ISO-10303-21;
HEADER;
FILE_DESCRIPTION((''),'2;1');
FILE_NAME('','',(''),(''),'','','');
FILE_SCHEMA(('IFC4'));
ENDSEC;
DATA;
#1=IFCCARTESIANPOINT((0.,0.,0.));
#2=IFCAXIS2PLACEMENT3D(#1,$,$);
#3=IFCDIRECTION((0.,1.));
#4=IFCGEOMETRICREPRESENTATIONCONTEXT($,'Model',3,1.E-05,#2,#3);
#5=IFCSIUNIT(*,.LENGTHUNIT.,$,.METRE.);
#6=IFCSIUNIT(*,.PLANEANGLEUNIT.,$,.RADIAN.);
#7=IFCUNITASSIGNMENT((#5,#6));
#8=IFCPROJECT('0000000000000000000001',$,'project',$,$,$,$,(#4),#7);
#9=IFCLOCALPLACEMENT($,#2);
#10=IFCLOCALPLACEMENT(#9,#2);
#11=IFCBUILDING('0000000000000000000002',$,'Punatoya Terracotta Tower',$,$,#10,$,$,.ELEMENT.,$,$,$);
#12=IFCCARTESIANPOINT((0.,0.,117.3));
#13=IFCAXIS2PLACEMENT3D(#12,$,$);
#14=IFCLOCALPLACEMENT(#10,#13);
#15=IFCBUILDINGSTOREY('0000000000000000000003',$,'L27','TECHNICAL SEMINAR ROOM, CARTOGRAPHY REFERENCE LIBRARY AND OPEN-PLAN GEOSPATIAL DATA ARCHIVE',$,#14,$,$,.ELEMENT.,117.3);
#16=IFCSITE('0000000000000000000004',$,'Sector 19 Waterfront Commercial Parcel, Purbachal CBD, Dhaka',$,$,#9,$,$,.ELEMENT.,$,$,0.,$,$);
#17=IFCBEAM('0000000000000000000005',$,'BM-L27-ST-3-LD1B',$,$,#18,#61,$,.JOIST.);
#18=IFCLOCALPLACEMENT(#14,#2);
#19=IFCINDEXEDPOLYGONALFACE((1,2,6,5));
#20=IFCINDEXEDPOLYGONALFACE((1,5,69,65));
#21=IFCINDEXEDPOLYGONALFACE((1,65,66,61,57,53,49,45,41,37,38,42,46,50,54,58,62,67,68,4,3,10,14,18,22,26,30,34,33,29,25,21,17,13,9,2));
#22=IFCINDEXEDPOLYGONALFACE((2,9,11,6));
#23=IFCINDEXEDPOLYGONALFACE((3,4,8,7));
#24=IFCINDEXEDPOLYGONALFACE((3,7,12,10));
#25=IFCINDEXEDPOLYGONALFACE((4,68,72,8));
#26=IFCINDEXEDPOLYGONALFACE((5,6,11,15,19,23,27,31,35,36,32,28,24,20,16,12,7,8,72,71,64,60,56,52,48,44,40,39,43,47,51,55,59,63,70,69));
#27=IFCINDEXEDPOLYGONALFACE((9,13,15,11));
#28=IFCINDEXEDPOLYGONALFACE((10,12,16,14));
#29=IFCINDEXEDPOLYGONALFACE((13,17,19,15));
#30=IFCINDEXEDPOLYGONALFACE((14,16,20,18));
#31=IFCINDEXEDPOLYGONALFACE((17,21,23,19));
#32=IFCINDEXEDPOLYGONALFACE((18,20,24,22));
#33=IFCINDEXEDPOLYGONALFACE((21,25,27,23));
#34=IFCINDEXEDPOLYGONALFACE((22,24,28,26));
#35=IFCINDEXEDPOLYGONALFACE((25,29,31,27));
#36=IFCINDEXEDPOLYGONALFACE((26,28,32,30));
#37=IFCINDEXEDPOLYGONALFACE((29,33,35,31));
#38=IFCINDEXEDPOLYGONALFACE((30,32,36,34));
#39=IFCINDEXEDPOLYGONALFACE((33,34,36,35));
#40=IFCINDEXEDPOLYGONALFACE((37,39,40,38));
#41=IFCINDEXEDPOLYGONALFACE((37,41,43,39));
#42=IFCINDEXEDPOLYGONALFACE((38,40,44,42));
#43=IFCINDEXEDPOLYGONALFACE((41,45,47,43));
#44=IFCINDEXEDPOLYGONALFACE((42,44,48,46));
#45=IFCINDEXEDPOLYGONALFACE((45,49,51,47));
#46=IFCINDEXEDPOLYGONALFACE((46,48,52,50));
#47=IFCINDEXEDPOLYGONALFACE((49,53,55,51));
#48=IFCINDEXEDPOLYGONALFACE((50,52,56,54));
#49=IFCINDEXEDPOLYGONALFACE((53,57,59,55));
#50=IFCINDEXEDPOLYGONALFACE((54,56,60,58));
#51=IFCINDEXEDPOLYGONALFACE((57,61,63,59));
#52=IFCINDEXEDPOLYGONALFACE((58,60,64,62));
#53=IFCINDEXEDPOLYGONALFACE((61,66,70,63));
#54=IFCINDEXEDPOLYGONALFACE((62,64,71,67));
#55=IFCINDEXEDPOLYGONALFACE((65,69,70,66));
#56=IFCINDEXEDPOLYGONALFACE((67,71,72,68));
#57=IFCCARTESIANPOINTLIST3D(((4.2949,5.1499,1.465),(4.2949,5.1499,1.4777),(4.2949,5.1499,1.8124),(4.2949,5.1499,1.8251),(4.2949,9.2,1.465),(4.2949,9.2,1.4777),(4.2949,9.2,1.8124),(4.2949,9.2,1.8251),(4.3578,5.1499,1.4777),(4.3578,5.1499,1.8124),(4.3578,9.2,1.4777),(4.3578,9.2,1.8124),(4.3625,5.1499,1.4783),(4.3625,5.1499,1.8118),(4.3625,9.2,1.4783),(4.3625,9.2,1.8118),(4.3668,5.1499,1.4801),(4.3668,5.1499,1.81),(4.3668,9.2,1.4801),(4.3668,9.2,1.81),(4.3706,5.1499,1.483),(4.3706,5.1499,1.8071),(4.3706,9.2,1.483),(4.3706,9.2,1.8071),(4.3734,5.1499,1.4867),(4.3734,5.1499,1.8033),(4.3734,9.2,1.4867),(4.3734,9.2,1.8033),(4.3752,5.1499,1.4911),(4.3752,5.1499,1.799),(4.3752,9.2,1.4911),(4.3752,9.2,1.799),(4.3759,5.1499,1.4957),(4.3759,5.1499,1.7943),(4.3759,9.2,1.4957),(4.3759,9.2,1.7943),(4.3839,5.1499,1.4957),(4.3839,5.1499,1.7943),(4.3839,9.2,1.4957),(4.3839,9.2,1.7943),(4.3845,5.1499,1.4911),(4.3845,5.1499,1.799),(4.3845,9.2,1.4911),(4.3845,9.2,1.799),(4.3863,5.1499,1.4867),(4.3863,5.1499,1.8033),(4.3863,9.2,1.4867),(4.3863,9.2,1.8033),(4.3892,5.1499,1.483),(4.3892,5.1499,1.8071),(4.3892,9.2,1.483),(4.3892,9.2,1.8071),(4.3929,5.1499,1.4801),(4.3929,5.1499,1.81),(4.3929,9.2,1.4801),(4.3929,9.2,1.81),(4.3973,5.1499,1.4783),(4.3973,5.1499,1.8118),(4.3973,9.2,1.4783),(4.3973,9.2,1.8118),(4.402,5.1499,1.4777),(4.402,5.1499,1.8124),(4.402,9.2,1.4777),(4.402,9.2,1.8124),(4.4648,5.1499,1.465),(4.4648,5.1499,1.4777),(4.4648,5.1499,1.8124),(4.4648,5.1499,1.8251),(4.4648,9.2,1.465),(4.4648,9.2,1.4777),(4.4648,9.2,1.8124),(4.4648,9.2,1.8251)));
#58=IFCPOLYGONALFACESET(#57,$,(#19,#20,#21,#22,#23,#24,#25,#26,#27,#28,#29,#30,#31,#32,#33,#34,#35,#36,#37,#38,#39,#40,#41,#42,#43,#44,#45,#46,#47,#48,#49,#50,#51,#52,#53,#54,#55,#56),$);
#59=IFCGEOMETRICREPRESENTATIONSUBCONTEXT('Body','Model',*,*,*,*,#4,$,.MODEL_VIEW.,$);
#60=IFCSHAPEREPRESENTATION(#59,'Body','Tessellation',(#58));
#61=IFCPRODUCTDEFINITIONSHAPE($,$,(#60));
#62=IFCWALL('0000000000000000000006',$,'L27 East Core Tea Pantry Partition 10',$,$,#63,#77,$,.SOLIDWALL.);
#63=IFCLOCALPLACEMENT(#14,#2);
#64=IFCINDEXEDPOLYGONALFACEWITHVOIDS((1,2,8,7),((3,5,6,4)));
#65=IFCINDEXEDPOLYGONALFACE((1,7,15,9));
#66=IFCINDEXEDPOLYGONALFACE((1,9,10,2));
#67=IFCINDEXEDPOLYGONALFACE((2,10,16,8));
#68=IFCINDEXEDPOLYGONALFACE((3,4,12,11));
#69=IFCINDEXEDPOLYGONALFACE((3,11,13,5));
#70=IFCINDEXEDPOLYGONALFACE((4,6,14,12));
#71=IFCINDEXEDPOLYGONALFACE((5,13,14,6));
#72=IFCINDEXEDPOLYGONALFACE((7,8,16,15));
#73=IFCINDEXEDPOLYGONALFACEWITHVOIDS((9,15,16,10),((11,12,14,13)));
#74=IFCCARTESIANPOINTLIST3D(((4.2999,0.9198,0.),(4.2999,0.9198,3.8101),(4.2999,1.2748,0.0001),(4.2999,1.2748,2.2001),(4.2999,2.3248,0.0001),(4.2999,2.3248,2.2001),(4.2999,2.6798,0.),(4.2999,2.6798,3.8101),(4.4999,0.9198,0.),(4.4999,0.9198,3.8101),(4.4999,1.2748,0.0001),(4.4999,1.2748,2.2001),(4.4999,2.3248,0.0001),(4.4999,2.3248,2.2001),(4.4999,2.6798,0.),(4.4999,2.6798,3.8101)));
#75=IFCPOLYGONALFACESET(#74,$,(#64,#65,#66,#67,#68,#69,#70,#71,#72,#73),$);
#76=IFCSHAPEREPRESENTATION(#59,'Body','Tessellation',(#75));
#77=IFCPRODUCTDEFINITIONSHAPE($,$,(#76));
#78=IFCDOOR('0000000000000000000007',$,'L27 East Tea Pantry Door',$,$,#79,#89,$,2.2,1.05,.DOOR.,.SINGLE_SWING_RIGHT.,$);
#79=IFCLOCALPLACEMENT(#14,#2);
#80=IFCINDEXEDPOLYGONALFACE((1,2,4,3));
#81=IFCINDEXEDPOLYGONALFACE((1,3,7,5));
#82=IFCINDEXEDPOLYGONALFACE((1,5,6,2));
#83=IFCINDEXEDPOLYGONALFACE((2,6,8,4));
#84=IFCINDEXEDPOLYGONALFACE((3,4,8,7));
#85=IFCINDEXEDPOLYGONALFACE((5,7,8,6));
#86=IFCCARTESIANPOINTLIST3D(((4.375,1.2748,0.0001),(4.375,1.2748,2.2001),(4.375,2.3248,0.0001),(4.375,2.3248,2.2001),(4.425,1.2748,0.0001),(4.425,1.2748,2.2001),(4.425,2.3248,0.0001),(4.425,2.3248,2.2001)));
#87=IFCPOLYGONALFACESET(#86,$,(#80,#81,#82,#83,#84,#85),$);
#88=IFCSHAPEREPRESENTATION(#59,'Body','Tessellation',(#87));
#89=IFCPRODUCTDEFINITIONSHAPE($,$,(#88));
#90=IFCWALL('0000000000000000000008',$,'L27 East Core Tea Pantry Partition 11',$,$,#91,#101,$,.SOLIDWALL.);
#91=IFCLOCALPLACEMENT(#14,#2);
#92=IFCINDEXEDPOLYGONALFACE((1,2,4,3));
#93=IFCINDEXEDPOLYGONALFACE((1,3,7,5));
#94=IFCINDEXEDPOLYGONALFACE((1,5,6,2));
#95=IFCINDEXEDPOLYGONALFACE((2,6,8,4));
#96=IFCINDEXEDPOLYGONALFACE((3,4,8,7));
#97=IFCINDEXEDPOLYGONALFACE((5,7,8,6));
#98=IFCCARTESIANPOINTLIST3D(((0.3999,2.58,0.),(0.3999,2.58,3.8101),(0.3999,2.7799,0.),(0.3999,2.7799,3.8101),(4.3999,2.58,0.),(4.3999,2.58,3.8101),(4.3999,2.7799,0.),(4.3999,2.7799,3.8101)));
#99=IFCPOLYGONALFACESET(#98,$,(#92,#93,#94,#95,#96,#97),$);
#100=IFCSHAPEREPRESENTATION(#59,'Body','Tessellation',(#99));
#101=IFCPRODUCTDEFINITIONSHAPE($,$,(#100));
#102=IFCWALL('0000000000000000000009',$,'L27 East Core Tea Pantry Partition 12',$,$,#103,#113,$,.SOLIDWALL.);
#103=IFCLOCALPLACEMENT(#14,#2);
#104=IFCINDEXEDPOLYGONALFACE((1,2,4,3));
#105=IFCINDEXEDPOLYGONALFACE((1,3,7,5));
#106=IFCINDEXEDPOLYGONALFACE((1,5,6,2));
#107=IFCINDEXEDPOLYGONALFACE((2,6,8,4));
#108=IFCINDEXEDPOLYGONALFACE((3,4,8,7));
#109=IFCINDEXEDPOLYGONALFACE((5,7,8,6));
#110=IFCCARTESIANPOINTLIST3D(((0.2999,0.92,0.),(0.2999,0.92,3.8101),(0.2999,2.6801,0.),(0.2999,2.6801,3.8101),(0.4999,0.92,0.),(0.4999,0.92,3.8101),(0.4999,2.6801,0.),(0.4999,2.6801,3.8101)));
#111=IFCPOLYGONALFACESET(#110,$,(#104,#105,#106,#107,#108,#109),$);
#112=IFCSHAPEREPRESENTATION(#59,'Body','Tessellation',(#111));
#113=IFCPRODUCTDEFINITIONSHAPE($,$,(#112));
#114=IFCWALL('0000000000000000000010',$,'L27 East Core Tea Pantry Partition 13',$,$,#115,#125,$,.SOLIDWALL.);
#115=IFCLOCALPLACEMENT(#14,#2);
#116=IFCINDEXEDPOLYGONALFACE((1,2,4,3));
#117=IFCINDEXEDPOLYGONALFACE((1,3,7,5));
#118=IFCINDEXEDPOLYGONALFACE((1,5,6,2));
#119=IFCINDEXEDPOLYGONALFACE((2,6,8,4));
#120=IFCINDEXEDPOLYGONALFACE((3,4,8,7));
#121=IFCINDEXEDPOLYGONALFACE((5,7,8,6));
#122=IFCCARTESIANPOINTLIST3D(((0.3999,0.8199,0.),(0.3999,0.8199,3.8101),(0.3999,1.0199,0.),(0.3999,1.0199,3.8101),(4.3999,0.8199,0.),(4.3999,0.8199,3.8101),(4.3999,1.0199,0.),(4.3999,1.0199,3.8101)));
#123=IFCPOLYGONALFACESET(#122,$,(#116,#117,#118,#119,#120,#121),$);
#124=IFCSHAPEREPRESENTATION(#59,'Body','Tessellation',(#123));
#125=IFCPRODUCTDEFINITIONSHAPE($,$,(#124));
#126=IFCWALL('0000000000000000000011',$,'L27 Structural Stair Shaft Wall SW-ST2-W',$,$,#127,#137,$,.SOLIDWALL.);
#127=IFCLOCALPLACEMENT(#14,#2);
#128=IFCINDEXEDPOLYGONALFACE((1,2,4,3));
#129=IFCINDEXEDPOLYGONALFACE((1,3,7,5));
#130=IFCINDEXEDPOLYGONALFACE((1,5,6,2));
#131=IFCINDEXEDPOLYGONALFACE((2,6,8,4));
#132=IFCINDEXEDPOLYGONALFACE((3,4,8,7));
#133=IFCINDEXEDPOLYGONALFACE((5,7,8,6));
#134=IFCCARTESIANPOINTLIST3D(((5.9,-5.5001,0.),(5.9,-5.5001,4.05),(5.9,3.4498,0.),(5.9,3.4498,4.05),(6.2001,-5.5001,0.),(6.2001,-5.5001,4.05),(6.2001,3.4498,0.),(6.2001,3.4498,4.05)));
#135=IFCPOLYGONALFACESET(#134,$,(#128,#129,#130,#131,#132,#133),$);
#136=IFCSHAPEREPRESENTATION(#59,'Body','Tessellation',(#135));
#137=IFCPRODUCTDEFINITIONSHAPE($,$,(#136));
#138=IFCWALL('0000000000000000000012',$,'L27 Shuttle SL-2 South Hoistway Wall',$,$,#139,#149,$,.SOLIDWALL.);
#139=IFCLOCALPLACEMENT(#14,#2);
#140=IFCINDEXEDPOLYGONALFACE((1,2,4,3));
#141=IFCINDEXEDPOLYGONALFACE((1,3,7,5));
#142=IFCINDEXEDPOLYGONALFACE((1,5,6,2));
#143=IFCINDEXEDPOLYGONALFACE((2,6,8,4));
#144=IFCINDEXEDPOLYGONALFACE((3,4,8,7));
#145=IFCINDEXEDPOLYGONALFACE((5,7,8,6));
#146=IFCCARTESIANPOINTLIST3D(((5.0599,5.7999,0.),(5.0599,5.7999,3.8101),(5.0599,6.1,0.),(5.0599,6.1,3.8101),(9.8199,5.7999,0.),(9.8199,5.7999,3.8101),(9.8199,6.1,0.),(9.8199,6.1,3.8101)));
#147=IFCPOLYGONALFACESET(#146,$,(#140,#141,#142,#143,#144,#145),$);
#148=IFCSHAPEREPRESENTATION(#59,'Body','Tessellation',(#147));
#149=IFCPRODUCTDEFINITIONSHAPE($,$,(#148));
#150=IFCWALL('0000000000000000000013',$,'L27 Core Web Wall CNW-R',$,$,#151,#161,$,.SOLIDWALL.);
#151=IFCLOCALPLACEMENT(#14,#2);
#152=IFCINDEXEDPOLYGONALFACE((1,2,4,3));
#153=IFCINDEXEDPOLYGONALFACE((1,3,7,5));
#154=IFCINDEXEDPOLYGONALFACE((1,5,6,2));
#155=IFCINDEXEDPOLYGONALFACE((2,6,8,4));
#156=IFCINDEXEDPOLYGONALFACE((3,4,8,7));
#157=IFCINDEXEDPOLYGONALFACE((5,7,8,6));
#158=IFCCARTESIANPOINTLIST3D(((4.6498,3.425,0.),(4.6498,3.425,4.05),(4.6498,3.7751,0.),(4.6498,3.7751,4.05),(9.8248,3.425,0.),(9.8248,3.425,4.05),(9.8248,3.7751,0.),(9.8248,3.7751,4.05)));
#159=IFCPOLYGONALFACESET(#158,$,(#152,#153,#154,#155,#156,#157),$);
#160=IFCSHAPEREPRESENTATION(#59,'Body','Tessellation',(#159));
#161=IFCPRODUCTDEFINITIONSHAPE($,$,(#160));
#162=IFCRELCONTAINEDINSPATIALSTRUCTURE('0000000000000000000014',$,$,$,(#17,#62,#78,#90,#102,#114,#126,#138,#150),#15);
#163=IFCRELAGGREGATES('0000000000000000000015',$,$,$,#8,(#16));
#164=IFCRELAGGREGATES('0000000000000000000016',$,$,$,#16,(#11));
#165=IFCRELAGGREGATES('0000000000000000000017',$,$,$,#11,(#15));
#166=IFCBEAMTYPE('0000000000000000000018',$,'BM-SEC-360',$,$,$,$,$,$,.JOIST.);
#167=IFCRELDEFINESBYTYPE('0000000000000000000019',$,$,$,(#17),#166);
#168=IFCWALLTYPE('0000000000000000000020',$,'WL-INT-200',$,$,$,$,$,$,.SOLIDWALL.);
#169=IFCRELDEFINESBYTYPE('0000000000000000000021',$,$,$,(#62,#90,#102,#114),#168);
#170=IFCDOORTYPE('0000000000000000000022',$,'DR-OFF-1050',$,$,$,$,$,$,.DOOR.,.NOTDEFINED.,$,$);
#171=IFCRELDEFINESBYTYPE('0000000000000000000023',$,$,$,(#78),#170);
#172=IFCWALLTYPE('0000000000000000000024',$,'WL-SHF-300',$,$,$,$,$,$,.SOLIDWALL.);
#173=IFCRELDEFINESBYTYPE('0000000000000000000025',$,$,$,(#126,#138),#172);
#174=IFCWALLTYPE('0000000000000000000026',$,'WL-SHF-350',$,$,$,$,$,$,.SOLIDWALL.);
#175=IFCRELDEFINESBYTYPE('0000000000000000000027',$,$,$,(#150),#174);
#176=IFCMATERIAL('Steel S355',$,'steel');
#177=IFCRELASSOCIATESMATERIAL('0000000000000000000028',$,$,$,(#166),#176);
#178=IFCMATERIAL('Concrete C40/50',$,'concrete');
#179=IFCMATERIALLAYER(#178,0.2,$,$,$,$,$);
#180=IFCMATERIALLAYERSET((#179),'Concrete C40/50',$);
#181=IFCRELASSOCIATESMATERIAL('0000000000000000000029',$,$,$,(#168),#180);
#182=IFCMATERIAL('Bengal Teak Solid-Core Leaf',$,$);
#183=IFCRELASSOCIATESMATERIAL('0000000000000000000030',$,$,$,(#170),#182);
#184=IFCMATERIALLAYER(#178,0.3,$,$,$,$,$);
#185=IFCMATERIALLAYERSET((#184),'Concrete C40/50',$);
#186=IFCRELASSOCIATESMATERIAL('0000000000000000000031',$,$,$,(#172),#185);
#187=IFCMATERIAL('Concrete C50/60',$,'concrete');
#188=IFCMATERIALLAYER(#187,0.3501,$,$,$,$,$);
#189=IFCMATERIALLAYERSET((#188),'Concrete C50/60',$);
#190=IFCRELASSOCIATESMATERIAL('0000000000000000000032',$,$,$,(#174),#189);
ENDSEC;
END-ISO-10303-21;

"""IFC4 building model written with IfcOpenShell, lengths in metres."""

from ifc_helpers import new_model, si_unit, direction, frame, frame_2d, origin, origin_2d, place, context, subcontext, project, spatial, rectangle, i_section, extrude, material, layer, layer_set, material_profile, profile_set, type_object, element, fill, save


model = new_model("IFC4")

# Units and contexts
model_context = context("Model", 3, precision=1e-05, world=origin(), true_north=direction((0.0, 1.0)))
body_context = subcontext(model_context, "Body", "Model", "MODEL_VIEW")
ifc_project = project(units=[si_unit("LENGTHUNIT", "METRE"), si_unit("PLANEANGLEUNIT", "RADIAN")], contexts=[model_context])

# Site, building, storey
site_placement = place(None, origin())
site = spatial("IfcSite", under=ifc_project, at=site_placement, Name="Sector 19 Waterfront Commercial Parcel, Purbachal CBD, Dhaka", CompositionType="ELEMENT", RefElevation=0.0)
building_placement = place(site_placement, origin())
building = spatial("IfcBuilding", under=site, at=building_placement, Name="Punatoya Terracotta Tower", CompositionType="ELEMENT")
storey_placement = place(building_placement, frame((0.0, 0.0, 117.3)))
storey = spatial("IfcBuildingStorey", under=building, at=storey_placement, Name="L27", Description="TECHNICAL SEMINAR ROOM, CARTOGRAPHY REFERENCE LIBRARY AND OPEN-PLAN GEOSPATIAL DATA ARCHIVE", CompositionType="ELEMENT", Elevation=117.3)

# Beam
ifc_material_1 = material(Name="Steel S355", Category="steel")
ifc_material_profile_1 = material_profile(ifc_material_1, i_section(OverallWidth=0.1699, OverallDepth=0.3601, WebThickness=0.0081, FlangeThickness=0.0127, FilletRadius=0.0181, at=origin_2d()))
ifc_profile_set_1 = profile_set([ifc_material_profile_1], Name="Steel S355")
beam_type_1 = type_object("IfcBeamType", Name="BM-SEC-360", PredefinedType="JOIST", material=ifc_profile_set_1)
for number, where, z_axis, x_axis, name in (
    (1, (4.3799, 5.1499, 1.645), (0.0, 1.0, 0.0), (-1.0, 0.0, 0.0), "BM-L27-ST-3-LD1B"),
):
    element("IfcBeam", number, at=place(storey_placement, frame(where, z_axis=z_axis, x_axis=x_axis)), inside=storey, type_object=beam_type_1, Name=name, PredefinedType="JOIST", context=body_context, shape_type="SweptSolid", body=[
        extrude(i_section(OverallWidth=0.1699, OverallDepth=0.3601, WebThickness=0.0081, FlangeThickness=0.0127, FilletRadius=0.0181, at=origin_2d()), origin(), (0.0, 0.0, 1.0), 4.05),
    ])

# Wall, opening, door
ifc_material_2 = material(Name="Concrete C40/50", Category="concrete")
ifc_layer_1 = layer(ifc_material_2, 0.2)
ifc_layer_set_1 = layer_set([ifc_layer_1], Name="Concrete C40/50")
wall_type_1 = type_object("IfcWallType", Name="WL-INT-200", PredefinedType="SOLIDWALL", material=ifc_layer_set_1)
wall_1_placement = place(storey_placement, frame((4.3999, 0.9199, 0.0), z_axis=(0.0, 0.0, 1.0), x_axis=(0.0, 1.0, 0.0)))
wall_1 = element("IfcWall", 2, at=wall_1_placement, inside=storey, type_object=wall_type_1, Name="L27 East Core Tea Pantry Partition 10", PredefinedType="SOLIDWALL", context=body_context, shape_type="SweptSolid", body=[
    extrude(rectangle(XDim=1.76, YDim=0.2, at=frame_2d((0.8799, 0.0))), origin(), (0.0, 0.0, 1.0), 3.8101),
])
opening_placement = place(wall_1_placement, frame((0.355, 0.0, 0.0)))
opening = element("IfcOpeningElement", 3, at=opening_placement, cuts=wall_1, PredefinedType="OPENING", context=body_context, shape_type="SweptSolid", body=[
    extrude(rectangle(XDim=1.05, YDim=2.2, at=frame_2d((0.5249, 1.1001))), frame((0.0, 0.1099, 0.0), z_axis=(0.0, -1.0, 0.0), x_axis=(1.0, 0.0, 0.0)), (0.0, 0.0, 1.0), 0.22),
])
ifc_material_3 = material(Name="Bengal Teak Solid-Core Leaf")
door_type = type_object("IfcDoorType", Name="DR-OFF-1050", OperationType="NOTDEFINED", PredefinedType="DOOR", material=ifc_material_3)
door_placement = place(opening_placement, origin())
door = element("IfcDoor", 4, at=door_placement, inside=storey, type_object=door_type, Name="L27 East Tea Pantry Door", OperationType="SINGLE_SWING_RIGHT", OverallHeight=2.2, OverallWidth=1.05, PredefinedType="DOOR", context=body_context, shape_type="SweptSolid", body=[
    extrude(rectangle(XDim=1.05, YDim=2.2, at=frame_2d((0.5249, 1.1001))), frame((0.0, 0.0249, 0.0), z_axis=(0.0, -1.0, 0.0), x_axis=(1.0, 0.0, 0.0)), (0.0, 0.0, 1.0), 0.05),
])
fill(opening, door)

# Walls
wall_2_placement = place(storey_placement, frame((4.3999, 2.6799, 0.0), z_axis=(0.0, 0.0, 1.0), x_axis=(-1.0, 0.0, 0.0)))
element("IfcWall", 5, at=wall_2_placement, inside=storey, type_object=wall_type_1, Name="L27 East Core Tea Pantry Partition 11", PredefinedType="SOLIDWALL", context=body_context, shape_type="SweptSolid", body=[
    extrude(rectangle(XDim=4.0, YDim=0.2, at=frame_2d((2.0, 0.0))), origin(), (0.0, 0.0, 1.0), 3.8101),
])
wall_3_placement = place(storey_placement, frame((0.3999, 2.6799, 0.0), z_axis=(0.0, 0.0, 1.0), x_axis=(0.0, -1.0, 0.0)))
element("IfcWall", 6, at=wall_3_placement, inside=storey, type_object=wall_type_1, Name="L27 East Core Tea Pantry Partition 12", PredefinedType="SOLIDWALL", context=body_context, shape_type="SweptSolid", body=[
    extrude(rectangle(XDim=1.76, YDim=0.2, at=frame_2d((0.8799, 0.0))), origin(), (0.0, 0.0, 1.0), 3.8101),
])
wall_4_placement = place(storey_placement, frame((0.3999, 0.9199, 0.0), z_axis=(0.0, 0.0, 1.0), x_axis=(1.0, 0.0, 0.0)))
element("IfcWall", 7, at=wall_4_placement, inside=storey, type_object=wall_type_1, Name="L27 East Core Tea Pantry Partition 13", PredefinedType="SOLIDWALL", context=body_context, shape_type="SweptSolid", body=[
    extrude(rectangle(XDim=4.0, YDim=0.2, at=frame_2d((2.0, 0.0))), origin(), (0.0, 0.0, 1.0), 3.8101),
])
ifc_layer_2 = layer(ifc_material_2, 0.3)
ifc_layer_set_2 = layer_set([ifc_layer_2], Name="Concrete C40/50")
wall_type_2 = type_object("IfcWallType", Name="WL-SHF-300", PredefinedType="SOLIDWALL", material=ifc_layer_set_2)
wall_5_placement = place(storey_placement, frame((6.05, 3.45, 0.0), z_axis=(0.0, 0.0, 1.0), x_axis=(0.0, -1.0, 0.0)))
element("IfcWall", 8, at=wall_5_placement, inside=storey, type_object=wall_type_2, Name="L27 Structural Stair Shaft Wall SW-ST2-W", PredefinedType="SOLIDWALL", context=body_context, shape_type="SweptSolid", body=[
    extrude(rectangle(XDim=8.95, YDim=0.3, at=frame_2d((4.4751, 0.0))), origin(), (0.0, 0.0, 1.0), 4.05),
])
wall_6_placement = place(storey_placement, frame((5.0601, 5.95, 0.0), z_axis=(0.0, 0.0, 1.0), x_axis=(1.0, 0.0, 0.0)))
element("IfcWall", 9, at=wall_6_placement, inside=storey, type_object=wall_type_2, Name="L27 Shuttle SL-2 South Hoistway Wall", PredefinedType="SOLIDWALL", context=body_context, shape_type="SweptSolid", body=[
    extrude(rectangle(XDim=4.76, YDim=0.3, at=frame_2d((2.3799, 0.0))), origin(), (0.0, 0.0, 1.0), 3.8101),
])
ifc_material_4 = material(Name="Concrete C50/60", Category="concrete")
ifc_layer_3 = layer(ifc_material_4, 0.3501)
ifc_layer_set_3 = layer_set([ifc_layer_3], Name="Concrete C50/60")
wall_type_3 = type_object("IfcWallType", Name="WL-SHF-350", PredefinedType="SOLIDWALL", material=ifc_layer_set_3)
wall_7_placement = place(storey_placement, frame((4.6499, 3.6001, 0.0), z_axis=(0.0, 0.0, 1.0), x_axis=(1.0, 0.0, 0.0)))
element("IfcWall", 10, at=wall_7_placement, inside=storey, type_object=wall_type_3, Name="L27 Core Web Wall CNW-R", PredefinedType="SOLIDWALL", context=body_context, shape_type="SweptSolid", body=[
    extrude(rectangle(XDim=5.175, YDim=0.3501, at=frame_2d((2.5874, 0.0))), origin(), (0.0, 0.0, 1.0), 4.05),
])

save(model, "model.ifc")
